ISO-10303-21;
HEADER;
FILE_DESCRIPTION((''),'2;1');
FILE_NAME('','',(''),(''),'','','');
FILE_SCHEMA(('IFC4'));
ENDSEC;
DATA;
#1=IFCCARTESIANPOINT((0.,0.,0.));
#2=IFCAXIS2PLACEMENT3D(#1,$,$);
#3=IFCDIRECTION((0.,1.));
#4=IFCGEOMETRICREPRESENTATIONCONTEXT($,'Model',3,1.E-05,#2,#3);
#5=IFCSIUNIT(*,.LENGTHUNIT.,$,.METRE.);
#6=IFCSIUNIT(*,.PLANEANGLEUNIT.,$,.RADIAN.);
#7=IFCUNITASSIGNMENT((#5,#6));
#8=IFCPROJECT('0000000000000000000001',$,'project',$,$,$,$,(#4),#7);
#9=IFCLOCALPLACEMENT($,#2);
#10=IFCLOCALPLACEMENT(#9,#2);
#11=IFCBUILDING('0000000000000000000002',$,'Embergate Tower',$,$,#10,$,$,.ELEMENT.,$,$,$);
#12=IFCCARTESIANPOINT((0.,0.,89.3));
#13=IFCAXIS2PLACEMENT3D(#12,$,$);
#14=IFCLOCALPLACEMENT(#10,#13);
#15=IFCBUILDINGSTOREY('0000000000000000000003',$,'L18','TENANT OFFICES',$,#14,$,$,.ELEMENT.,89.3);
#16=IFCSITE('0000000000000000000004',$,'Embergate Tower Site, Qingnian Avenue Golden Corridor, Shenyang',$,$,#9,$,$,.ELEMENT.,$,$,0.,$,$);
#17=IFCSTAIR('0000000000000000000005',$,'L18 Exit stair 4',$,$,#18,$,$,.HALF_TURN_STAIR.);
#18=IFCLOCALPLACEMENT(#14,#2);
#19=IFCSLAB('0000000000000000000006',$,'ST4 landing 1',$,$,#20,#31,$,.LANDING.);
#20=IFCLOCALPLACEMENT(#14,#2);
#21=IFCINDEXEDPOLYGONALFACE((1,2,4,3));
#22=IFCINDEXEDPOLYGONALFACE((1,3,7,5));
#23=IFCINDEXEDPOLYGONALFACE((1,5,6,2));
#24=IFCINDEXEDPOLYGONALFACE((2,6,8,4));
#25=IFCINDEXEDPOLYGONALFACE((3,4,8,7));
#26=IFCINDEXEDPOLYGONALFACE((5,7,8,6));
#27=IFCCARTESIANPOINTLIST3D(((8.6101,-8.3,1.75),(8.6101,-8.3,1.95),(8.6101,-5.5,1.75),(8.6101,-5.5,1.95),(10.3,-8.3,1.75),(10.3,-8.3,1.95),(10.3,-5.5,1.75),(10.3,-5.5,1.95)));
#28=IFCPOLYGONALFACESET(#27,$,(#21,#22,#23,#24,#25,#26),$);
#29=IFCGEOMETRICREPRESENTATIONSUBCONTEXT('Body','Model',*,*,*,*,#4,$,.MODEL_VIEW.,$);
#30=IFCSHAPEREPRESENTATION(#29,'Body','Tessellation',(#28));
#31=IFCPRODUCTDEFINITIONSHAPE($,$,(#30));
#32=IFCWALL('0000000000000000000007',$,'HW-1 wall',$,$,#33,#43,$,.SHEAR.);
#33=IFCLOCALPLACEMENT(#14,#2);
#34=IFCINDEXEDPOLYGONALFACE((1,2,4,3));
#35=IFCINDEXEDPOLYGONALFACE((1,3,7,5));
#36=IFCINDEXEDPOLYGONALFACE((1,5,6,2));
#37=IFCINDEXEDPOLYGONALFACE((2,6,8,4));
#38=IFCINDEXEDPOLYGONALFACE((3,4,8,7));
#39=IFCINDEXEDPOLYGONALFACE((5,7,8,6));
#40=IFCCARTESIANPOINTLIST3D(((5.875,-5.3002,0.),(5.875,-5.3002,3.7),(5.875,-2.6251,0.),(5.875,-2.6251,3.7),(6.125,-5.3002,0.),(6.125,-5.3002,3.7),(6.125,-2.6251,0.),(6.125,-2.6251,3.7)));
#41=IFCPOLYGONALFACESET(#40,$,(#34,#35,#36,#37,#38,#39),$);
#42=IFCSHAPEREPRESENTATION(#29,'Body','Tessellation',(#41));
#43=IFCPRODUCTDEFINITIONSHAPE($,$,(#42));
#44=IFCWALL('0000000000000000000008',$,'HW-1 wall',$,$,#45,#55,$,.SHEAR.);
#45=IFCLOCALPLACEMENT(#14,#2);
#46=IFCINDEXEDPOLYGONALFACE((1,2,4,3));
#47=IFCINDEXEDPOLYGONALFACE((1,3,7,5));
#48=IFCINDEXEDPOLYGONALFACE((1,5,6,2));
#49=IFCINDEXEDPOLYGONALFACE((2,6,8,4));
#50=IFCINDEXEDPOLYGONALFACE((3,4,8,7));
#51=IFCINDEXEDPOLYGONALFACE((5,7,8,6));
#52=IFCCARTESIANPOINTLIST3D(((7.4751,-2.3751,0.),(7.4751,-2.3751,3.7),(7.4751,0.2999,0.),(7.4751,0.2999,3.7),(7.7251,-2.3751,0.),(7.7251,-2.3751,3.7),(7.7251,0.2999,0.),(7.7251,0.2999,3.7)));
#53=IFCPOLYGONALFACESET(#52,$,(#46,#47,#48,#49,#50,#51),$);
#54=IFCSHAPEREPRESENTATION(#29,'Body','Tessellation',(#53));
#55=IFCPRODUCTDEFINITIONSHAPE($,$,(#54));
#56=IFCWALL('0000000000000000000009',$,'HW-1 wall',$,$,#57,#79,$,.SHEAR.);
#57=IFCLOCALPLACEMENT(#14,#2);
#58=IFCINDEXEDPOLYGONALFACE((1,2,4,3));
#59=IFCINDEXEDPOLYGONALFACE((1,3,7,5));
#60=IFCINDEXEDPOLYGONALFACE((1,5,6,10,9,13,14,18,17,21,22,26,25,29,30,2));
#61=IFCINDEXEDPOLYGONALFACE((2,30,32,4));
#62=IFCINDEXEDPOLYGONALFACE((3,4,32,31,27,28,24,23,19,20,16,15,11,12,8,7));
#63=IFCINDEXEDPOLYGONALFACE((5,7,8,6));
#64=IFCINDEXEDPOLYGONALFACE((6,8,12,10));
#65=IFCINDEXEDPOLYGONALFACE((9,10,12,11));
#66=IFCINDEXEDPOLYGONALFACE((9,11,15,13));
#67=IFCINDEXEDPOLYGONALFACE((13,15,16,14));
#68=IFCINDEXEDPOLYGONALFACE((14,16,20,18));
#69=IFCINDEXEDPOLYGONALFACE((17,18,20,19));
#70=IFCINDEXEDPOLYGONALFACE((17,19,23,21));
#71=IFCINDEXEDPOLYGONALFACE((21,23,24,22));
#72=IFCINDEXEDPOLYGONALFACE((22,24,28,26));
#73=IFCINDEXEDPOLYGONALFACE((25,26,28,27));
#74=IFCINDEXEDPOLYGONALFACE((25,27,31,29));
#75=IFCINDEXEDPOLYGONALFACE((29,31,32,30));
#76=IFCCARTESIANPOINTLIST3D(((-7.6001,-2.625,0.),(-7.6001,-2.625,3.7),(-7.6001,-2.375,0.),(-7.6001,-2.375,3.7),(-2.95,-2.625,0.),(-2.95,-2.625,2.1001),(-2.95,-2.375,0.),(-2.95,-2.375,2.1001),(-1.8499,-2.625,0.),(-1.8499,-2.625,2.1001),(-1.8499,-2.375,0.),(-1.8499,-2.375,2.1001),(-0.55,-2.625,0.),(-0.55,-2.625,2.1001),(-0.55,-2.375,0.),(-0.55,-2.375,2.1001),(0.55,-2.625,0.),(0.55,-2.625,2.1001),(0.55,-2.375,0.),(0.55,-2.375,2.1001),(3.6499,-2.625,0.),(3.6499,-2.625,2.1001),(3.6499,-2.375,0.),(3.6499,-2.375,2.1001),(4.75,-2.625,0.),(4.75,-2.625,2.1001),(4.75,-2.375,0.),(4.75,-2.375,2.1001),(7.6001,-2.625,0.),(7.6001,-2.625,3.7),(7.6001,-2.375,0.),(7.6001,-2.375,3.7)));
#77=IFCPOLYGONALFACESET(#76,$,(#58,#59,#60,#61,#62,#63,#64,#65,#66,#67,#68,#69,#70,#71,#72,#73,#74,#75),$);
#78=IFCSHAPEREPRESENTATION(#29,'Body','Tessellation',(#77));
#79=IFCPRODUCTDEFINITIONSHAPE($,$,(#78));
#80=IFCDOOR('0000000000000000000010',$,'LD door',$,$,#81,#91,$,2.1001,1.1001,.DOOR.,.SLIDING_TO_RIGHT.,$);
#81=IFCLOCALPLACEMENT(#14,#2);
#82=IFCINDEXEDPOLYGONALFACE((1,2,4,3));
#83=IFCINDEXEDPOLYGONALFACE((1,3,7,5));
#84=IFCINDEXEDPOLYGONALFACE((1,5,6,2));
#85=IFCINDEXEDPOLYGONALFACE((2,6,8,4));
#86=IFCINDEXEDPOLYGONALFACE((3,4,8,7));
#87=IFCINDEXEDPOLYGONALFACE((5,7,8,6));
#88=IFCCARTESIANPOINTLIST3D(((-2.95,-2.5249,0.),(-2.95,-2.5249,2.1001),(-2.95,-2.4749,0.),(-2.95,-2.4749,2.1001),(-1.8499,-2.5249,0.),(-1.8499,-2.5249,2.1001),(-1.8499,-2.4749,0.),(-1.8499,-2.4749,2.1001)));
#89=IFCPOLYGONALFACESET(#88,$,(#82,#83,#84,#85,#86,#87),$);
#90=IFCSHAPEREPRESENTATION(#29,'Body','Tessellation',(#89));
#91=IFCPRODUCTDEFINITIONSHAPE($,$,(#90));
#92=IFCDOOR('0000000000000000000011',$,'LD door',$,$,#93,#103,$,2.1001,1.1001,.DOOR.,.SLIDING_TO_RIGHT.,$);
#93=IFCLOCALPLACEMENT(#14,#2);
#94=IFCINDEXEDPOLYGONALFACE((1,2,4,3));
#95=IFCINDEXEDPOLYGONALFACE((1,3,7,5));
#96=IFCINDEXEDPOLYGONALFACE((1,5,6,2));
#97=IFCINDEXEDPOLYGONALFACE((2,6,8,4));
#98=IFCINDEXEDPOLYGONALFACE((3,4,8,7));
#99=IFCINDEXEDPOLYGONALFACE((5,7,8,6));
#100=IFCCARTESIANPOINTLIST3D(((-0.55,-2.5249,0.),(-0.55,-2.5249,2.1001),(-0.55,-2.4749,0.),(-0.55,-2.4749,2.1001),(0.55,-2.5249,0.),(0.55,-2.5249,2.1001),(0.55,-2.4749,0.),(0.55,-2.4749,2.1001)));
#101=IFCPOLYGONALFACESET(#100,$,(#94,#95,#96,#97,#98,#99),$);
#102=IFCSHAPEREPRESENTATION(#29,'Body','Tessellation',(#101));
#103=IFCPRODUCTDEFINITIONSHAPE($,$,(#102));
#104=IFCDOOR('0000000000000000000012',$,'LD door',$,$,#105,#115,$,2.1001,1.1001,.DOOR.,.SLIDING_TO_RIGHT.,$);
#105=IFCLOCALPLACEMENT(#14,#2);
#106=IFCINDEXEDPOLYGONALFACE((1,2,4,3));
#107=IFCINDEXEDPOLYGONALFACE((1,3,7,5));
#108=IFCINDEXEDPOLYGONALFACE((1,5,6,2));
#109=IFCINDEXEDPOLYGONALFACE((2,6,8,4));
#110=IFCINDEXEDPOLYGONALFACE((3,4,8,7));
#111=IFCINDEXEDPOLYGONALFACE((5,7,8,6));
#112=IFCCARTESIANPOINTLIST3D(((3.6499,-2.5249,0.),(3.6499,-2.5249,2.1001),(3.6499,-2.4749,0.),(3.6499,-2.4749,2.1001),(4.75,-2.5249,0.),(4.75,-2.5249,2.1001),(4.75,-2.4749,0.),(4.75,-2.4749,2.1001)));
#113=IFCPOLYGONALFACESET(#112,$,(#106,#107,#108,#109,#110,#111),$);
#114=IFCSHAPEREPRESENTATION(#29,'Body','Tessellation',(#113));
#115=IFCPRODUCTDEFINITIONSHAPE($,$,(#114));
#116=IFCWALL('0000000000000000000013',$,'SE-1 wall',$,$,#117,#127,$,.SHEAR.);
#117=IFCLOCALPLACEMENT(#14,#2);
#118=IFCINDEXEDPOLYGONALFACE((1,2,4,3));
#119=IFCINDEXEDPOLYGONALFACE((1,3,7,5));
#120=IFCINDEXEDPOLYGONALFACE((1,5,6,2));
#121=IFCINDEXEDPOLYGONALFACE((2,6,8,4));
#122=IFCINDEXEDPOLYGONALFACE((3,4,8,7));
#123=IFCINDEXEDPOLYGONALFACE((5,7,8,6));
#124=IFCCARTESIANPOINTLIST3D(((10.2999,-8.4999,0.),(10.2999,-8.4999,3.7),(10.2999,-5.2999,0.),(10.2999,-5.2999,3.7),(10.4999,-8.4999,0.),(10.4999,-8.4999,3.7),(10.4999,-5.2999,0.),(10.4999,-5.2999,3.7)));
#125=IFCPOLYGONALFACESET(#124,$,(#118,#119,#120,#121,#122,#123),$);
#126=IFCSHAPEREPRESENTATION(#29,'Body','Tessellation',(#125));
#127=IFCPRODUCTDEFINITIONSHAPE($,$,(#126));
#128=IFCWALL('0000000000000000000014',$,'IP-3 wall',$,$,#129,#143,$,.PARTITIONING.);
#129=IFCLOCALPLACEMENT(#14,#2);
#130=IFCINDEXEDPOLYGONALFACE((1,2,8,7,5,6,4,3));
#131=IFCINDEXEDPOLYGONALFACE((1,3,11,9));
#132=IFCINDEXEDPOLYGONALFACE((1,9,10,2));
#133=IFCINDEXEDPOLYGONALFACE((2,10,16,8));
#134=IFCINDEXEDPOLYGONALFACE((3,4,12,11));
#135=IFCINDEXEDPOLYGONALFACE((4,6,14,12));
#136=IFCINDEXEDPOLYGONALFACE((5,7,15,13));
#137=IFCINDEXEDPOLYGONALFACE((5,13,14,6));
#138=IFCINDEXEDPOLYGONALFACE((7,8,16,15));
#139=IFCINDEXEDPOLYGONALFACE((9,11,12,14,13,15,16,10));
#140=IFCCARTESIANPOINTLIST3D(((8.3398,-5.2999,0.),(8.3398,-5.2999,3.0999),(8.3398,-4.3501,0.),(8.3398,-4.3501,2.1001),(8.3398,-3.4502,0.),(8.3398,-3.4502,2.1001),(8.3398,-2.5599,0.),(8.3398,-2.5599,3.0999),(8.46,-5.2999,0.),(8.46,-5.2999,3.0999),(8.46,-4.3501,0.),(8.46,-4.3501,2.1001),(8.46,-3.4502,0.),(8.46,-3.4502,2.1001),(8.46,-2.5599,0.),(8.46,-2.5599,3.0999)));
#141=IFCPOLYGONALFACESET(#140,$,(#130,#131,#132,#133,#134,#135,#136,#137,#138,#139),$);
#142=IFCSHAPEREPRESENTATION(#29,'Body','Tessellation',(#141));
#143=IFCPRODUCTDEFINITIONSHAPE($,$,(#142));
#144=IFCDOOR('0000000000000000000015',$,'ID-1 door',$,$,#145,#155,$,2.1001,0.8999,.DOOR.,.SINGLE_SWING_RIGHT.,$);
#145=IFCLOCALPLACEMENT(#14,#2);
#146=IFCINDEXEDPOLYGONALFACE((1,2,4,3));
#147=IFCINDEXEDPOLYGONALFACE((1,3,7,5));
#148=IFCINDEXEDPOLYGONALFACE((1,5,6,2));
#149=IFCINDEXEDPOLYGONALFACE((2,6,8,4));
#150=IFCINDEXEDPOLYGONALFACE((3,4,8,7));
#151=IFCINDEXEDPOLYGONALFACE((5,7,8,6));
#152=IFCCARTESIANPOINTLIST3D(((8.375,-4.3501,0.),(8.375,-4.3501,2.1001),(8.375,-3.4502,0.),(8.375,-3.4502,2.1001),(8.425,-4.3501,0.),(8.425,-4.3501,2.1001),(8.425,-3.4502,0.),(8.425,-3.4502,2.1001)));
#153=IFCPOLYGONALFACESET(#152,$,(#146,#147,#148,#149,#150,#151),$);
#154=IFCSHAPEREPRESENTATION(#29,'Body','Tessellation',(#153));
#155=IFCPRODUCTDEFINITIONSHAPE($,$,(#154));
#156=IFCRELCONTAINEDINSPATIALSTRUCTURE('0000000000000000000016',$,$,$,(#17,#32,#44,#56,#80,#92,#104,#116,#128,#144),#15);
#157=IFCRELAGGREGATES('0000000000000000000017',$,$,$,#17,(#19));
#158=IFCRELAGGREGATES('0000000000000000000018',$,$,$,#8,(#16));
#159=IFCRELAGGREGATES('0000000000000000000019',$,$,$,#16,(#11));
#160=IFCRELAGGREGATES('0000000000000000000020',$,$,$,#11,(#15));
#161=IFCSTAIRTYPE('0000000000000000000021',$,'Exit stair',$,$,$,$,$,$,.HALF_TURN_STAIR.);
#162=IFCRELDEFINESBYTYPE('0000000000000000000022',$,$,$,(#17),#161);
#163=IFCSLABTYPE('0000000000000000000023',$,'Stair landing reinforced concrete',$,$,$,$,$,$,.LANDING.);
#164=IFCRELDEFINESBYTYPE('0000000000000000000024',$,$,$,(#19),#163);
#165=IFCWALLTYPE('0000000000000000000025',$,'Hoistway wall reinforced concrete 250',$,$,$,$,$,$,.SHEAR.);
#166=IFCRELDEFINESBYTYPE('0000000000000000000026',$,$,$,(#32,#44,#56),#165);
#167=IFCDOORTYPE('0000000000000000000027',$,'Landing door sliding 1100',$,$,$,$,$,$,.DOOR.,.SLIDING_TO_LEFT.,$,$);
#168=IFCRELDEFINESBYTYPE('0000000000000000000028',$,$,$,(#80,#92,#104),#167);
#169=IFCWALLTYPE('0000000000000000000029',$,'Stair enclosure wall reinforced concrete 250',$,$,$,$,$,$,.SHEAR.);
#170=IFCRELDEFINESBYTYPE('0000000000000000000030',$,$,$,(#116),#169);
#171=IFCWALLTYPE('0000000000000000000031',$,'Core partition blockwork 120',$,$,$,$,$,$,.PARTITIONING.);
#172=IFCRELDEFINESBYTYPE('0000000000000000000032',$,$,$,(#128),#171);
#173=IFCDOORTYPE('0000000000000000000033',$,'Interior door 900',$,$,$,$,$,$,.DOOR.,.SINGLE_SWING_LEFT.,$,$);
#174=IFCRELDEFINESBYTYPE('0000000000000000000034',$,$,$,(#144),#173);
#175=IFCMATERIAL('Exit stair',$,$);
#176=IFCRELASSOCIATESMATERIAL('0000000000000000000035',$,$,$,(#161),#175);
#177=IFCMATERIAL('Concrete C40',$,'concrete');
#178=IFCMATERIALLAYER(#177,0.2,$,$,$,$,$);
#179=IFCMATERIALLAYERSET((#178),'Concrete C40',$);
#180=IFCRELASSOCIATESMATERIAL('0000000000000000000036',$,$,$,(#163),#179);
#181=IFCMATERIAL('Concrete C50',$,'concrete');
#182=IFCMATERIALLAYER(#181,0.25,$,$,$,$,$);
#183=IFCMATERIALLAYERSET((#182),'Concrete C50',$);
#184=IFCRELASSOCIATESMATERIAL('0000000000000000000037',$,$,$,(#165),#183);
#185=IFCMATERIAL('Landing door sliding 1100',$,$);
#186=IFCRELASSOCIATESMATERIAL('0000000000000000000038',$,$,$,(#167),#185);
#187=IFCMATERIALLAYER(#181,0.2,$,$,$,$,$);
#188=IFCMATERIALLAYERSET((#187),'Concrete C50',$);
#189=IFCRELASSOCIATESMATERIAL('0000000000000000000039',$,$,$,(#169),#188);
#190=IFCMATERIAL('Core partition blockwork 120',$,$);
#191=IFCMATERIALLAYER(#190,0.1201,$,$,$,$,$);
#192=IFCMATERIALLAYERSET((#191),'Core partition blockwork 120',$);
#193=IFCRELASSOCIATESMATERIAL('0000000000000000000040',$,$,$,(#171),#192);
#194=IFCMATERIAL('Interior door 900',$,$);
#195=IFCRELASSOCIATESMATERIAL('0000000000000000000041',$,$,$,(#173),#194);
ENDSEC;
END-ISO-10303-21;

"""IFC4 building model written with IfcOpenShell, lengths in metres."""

from ifc_helpers import new_model, si_unit, direction, frame, frame_2d, origin, place, context, subcontext, project, spatial, polyline, rectangle, outline, extrude, source, transform, mapped, material, layer, layer_set, type_object, element, fill, aggregate, save


model = new_model("IFC4")

# Units and contexts
model_context = context("Model", 3, precision=1e-05, world=origin(), true_north=direction((0.0, 1.0)))
body_context = subcontext(model_context, "Body", "Model", "MODEL_VIEW")
ifc_project = project(units=[si_unit("LENGTHUNIT", "METRE"), si_unit("PLANEANGLEUNIT", "RADIAN")], contexts=[model_context])

# Site, building, storey
site_placement = place(None, origin())
site = spatial("IfcSite", under=ifc_project, at=site_placement, Name="Embergate Tower Site, Qingnian Avenue Golden Corridor, Shenyang", CompositionType="ELEMENT", RefElevation=0.0)
building_placement = place(site_placement, origin())
building = spatial("IfcBuilding", under=site, at=building_placement, Name="Embergate Tower", CompositionType="ELEMENT")
storey_placement = place(building_placement, frame((0.0, 0.0, 89.3)))
storey = spatial("IfcBuildingStorey", under=building, at=storey_placement, Name="L18", Description="TENANT OFFICES", CompositionType="ELEMENT", Elevation=89.3)

# Stair, slab
ifc_material_1 = material(Name="Exit stair")
stair_type = type_object("IfcStairType", Name="Exit stair", PredefinedType="HALF_TURN_STAIR", material=ifc_material_1)
stair_placement = place(storey_placement, origin())
stair = element("IfcStair", 1, at=stair_placement, inside=storey, type_object=stair_type, Name="L18 Exit stair 4", PredefinedType="HALF_TURN_STAIR")
ifc_material_2 = material(Name="Concrete C40", Category="concrete")
ifc_layer_1 = layer(ifc_material_2, 0.2)
ifc_layer_set_1 = layer_set([ifc_layer_1], Name="Concrete C40")
slab_type = type_object("IfcSlabType", Name="Stair landing reinforced concrete", PredefinedType="LANDING", material=ifc_layer_set_1)
shared_shape_1 = source(origin(), body_context, "Body", "SweptSolid", [
    extrude(outline(polyline([(0.0, 0.0), (1.6899, 0.0), (1.6899, 2.8), (0.0, 2.8), (0.0, 0.0)])), origin(), (0.0, 0.0, 1.0), 0.2),
])
slab_placement = place(storey_placement, frame((8.6101, -8.3, 1.75)))
slab = element("IfcSlab", 2, at=slab_placement, type_object=slab_type, Name="ST4 landing 1", PredefinedType="LANDING", context=body_context, shape_type="MappedRepresentation", body=[
    mapped(shared_shape_1, transform((0.0, 0.0, 0.0))),
])

# Walls
ifc_material_3 = material(Name="Concrete C50", Category="concrete")
ifc_layer_2 = layer(ifc_material_3, 0.25)
ifc_layer_set_2 = layer_set([ifc_layer_2], Name="Concrete C50")
wall_type_1 = type_object("IfcWallType", Name="Hoistway wall reinforced concrete 250", PredefinedType="SHEAR", material=ifc_layer_set_2)
shared_shape_2 = source(origin(), body_context, "Body", "SweptSolid", [
    extrude(rectangle(XDim=2.675, YDim=0.25, at=frame_2d((1.3374, 0.0))), origin(), (0.0, 0.0, 1.0), 3.7),
])
for number, where, z_axis, x_axis, name in (
    (3, (6.0, -5.3, 0.0), (0.0, 0.0, 1.0), (0.0, 1.0, 0.0), "HW-1 wall"),
    (4, (7.6001, -2.375, 0.0), (0.0, 0.0, 1.0), (0.0, 1.0, 0.0), "HW-1 wall"),
):
    element("IfcWall", number, at=place(storey_placement, frame(where, z_axis=z_axis, x_axis=x_axis)), inside=storey, type_object=wall_type_1, Name=name, PredefinedType="SHEAR", context=body_context, shape_type="MappedRepresentation", body=[
        mapped(shared_shape_2, transform((0.0, 0.0, 0.0))),
    ])

# Wall, openings, doors
shared_shape_3 = source(origin(), body_context, "Body", "SweptSolid", [
    extrude(rectangle(XDim=15.2002, YDim=0.25, at=frame_2d((7.6001, 0.0))), origin(), (0.0, 0.0, 1.0), 3.7),
])
wall_1_placement = place(storey_placement, frame((7.6001, -2.5, 0.0), z_axis=(0.0, 0.0, 1.0), x_axis=(-1.0, 0.0, 0.0)))
wall_1 = element("IfcWall", 5, at=wall_1_placement, inside=storey, type_object=wall_type_1, Name="HW-1 wall", PredefinedType="SHEAR", context=body_context, shape_type="MappedRepresentation", body=[
    mapped(shared_shape_3, transform((0.0, 0.0, 0.0))),
])
shared_shape_4 = source(origin(), body_context, "Body", "SweptSolid", [
    extrude(rectangle(XDim=1.1001, YDim=2.1001, at=frame_2d((0.55, 1.05))), frame((0.0, 0.135, 0.0), z_axis=(0.0, -1.0, 0.0), x_axis=(1.0, 0.0, 0.0)), (0.0, 0.0, 1.0), 0.27),
])
opening_1_placement = place(wall_1_placement, frame((9.45, 0.0, 0.0)))
opening_1 = element("IfcOpeningElement", 6, at=opening_1_placement, cuts=wall_1, PredefinedType="OPENING", context=body_context, shape_type="MappedRepresentation", body=[
    mapped(shared_shape_4, transform((0.0, 0.0, 0.0))),
])
opening_2_placement = place(wall_1_placement, frame((7.05, 0.0, 0.0)))
opening_2 = element("IfcOpeningElement", 7, at=opening_2_placement, cuts=wall_1, PredefinedType="OPENING", context=body_context, shape_type="MappedRepresentation", body=[
    mapped(shared_shape_4, transform((0.0, 0.0, 0.0))),
])
opening_3_placement = place(wall_1_placement, frame((2.8501, 0.0, 0.0)))
opening_3 = element("IfcOpeningElement", 8, at=opening_3_placement, cuts=wall_1, PredefinedType="OPENING", context=body_context, shape_type="MappedRepresentation", body=[
    mapped(shared_shape_4, transform((0.0, 0.0, 0.0))),
])
ifc_material_4 = material(Name="Landing door sliding 1100")
door_type_1 = type_object("IfcDoorType", Name="Landing door sliding 1100", OperationType="SLIDING_TO_LEFT", PredefinedType="DOOR", material=ifc_material_4)
shared_shape_5 = source(origin(), body_context, "Body", "SweptSolid", [
    extrude(rectangle(XDim=1.1001, YDim=2.1001, at=frame_2d((0.55, 1.05))), frame((0.0, 0.0249, 0.0), z_axis=(0.0, -1.0, 0.0), x_axis=(1.0, 0.0, 0.0)), (0.0, 0.0, 1.0), 0.05),
])
door_1_placement = place(opening_1_placement, origin())
door_1 = element("IfcDoor", 9, at=door_1_placement, inside=storey, type_object=door_type_1, Name="LD door", OperationType="SLIDING_TO_RIGHT", OverallHeight=2.1001, OverallWidth=1.1001, PredefinedType="DOOR", context=body_context, shape_type="MappedRepresentation", body=[
    mapped(shared_shape_5, transform((0.0, 0.0, 0.0))),
])
fill(opening_1, door_1)
door_2_placement = place(opening_2_placement, origin())
door_2 = element("IfcDoor", 10, at=door_2_placement, inside=storey, type_object=door_type_1, Name="LD door", OperationType="SLIDING_TO_RIGHT", OverallHeight=2.1001, OverallWidth=1.1001, PredefinedType="DOOR", context=body_context, shape_type="MappedRepresentation", body=[
    mapped(shared_shape_5, transform((0.0, 0.0, 0.0))),
])
fill(opening_2, door_2)
door_3_placement = place(opening_3_placement, origin())
door_3 = element("IfcDoor", 11, at=door_3_placement, inside=storey, type_object=door_type_1, Name="LD door", OperationType="SLIDING_TO_RIGHT", OverallHeight=2.1001, OverallWidth=1.1001, PredefinedType="DOOR", context=body_context, shape_type="MappedRepresentation", body=[
    mapped(shared_shape_5, transform((0.0, 0.0, 0.0))),
])
fill(opening_3, door_3)

# Wall
ifc_layer_3 = layer(ifc_material_3, 0.2)
ifc_layer_set_3 = layer_set([ifc_layer_3], Name="Concrete C50")
wall_type_2 = type_object("IfcWallType", Name="Stair enclosure wall reinforced concrete 250", PredefinedType="SHEAR", material=ifc_layer_set_3)
shared_shape_6 = source(origin(), body_context, "Body", "SweptSolid", [
    extrude(rectangle(XDim=3.2, YDim=0.2, at=frame_2d((1.6001, 0.0))), origin(), (0.0, 0.0, 1.0), 3.7),
])
wall_2_placement = place(storey_placement, frame((10.3999, -8.5, 0.0), z_axis=(0.0, 0.0, 1.0), x_axis=(0.0, 1.0, 0.0)))
element("IfcWall", 12, at=wall_2_placement, inside=storey, type_object=wall_type_2, Name="SE-1 wall", PredefinedType="SHEAR", context=body_context, shape_type="MappedRepresentation", body=[
    mapped(shared_shape_6, transform((0.0, 0.0, 0.0))),
])

# Wall, opening, door
ifc_material_5 = material(Name="Core partition blockwork 120")
ifc_layer_4 = layer(ifc_material_5, 0.1201)
ifc_layer_set_4 = layer_set([ifc_layer_4], Name="Core partition blockwork 120")
wall_type_3 = type_object("IfcWallType", Name="Core partition blockwork 120", PredefinedType="PARTITIONING", material=ifc_layer_set_4)
shared_shape_7 = source(origin(), body_context, "Body", "SweptSolid", [
    extrude(rectangle(XDim=2.74, YDim=0.1201, at=frame_2d((1.3701, 0.0))), origin(), (0.0, 0.0, 1.0), 3.0999),
])
wall_3_placement = place(storey_placement, frame((8.3999, -5.3, 0.0), z_axis=(0.0, 0.0, 1.0), x_axis=(0.0, 1.0, 0.0)))
wall_3 = element("IfcWall", 13, at=wall_3_placement, inside=storey, type_object=wall_type_3, Name="IP-3 wall", PredefinedType="PARTITIONING", context=body_context, shape_type="MappedRepresentation", body=[
    mapped(shared_shape_7, transform((0.0, 0.0, 0.0))),
])
shared_shape_8 = source(origin(), body_context, "Body", "SweptSolid", [
    extrude(rectangle(XDim=0.8999, YDim=2.1001, at=frame_2d((0.45, 1.05))), frame((0.0, 0.0701, 0.0), z_axis=(0.0, -1.0, 0.0), x_axis=(1.0, 0.0, 0.0)), (0.0, 0.0, 1.0), 0.1401),
])
opening_4_placement = place(wall_3_placement, frame((0.95, 0.0, 0.0)))
opening_4 = element("IfcOpeningElement", 14, at=opening_4_placement, cuts=wall_3, PredefinedType="OPENING", context=body_context, shape_type="MappedRepresentation", body=[
    mapped(shared_shape_8, transform((0.0, 0.0, 0.0))),
])
ifc_material_6 = material(Name="Interior door 900")
door_type_2 = type_object("IfcDoorType", Name="Interior door 900", OperationType="SINGLE_SWING_LEFT", PredefinedType="DOOR", material=ifc_material_6)
shared_shape_9 = source(origin(), body_context, "Body", "SweptSolid", [
    extrude(rectangle(XDim=0.8999, YDim=2.1001, at=frame_2d((0.45, 1.05))), frame((0.0, 0.0249, 0.0), z_axis=(0.0, -1.0, 0.0), x_axis=(1.0, 0.0, 0.0)), (0.0, 0.0, 1.0), 0.05),
])
door_4_placement = place(opening_4_placement, origin())
door_4 = element("IfcDoor", 15, at=door_4_placement, inside=storey, type_object=door_type_2, Name="ID-1 door", OperationType="SINGLE_SWING_RIGHT", OverallHeight=2.1001, OverallWidth=0.8999, PredefinedType="DOOR", context=body_context, shape_type="MappedRepresentation", body=[
    mapped(shared_shape_9, transform((0.0, 0.0, 0.0))),
])
fill(opening_4, door_4)

aggregate(stair, [slab])

save(model, "model.ifc")
